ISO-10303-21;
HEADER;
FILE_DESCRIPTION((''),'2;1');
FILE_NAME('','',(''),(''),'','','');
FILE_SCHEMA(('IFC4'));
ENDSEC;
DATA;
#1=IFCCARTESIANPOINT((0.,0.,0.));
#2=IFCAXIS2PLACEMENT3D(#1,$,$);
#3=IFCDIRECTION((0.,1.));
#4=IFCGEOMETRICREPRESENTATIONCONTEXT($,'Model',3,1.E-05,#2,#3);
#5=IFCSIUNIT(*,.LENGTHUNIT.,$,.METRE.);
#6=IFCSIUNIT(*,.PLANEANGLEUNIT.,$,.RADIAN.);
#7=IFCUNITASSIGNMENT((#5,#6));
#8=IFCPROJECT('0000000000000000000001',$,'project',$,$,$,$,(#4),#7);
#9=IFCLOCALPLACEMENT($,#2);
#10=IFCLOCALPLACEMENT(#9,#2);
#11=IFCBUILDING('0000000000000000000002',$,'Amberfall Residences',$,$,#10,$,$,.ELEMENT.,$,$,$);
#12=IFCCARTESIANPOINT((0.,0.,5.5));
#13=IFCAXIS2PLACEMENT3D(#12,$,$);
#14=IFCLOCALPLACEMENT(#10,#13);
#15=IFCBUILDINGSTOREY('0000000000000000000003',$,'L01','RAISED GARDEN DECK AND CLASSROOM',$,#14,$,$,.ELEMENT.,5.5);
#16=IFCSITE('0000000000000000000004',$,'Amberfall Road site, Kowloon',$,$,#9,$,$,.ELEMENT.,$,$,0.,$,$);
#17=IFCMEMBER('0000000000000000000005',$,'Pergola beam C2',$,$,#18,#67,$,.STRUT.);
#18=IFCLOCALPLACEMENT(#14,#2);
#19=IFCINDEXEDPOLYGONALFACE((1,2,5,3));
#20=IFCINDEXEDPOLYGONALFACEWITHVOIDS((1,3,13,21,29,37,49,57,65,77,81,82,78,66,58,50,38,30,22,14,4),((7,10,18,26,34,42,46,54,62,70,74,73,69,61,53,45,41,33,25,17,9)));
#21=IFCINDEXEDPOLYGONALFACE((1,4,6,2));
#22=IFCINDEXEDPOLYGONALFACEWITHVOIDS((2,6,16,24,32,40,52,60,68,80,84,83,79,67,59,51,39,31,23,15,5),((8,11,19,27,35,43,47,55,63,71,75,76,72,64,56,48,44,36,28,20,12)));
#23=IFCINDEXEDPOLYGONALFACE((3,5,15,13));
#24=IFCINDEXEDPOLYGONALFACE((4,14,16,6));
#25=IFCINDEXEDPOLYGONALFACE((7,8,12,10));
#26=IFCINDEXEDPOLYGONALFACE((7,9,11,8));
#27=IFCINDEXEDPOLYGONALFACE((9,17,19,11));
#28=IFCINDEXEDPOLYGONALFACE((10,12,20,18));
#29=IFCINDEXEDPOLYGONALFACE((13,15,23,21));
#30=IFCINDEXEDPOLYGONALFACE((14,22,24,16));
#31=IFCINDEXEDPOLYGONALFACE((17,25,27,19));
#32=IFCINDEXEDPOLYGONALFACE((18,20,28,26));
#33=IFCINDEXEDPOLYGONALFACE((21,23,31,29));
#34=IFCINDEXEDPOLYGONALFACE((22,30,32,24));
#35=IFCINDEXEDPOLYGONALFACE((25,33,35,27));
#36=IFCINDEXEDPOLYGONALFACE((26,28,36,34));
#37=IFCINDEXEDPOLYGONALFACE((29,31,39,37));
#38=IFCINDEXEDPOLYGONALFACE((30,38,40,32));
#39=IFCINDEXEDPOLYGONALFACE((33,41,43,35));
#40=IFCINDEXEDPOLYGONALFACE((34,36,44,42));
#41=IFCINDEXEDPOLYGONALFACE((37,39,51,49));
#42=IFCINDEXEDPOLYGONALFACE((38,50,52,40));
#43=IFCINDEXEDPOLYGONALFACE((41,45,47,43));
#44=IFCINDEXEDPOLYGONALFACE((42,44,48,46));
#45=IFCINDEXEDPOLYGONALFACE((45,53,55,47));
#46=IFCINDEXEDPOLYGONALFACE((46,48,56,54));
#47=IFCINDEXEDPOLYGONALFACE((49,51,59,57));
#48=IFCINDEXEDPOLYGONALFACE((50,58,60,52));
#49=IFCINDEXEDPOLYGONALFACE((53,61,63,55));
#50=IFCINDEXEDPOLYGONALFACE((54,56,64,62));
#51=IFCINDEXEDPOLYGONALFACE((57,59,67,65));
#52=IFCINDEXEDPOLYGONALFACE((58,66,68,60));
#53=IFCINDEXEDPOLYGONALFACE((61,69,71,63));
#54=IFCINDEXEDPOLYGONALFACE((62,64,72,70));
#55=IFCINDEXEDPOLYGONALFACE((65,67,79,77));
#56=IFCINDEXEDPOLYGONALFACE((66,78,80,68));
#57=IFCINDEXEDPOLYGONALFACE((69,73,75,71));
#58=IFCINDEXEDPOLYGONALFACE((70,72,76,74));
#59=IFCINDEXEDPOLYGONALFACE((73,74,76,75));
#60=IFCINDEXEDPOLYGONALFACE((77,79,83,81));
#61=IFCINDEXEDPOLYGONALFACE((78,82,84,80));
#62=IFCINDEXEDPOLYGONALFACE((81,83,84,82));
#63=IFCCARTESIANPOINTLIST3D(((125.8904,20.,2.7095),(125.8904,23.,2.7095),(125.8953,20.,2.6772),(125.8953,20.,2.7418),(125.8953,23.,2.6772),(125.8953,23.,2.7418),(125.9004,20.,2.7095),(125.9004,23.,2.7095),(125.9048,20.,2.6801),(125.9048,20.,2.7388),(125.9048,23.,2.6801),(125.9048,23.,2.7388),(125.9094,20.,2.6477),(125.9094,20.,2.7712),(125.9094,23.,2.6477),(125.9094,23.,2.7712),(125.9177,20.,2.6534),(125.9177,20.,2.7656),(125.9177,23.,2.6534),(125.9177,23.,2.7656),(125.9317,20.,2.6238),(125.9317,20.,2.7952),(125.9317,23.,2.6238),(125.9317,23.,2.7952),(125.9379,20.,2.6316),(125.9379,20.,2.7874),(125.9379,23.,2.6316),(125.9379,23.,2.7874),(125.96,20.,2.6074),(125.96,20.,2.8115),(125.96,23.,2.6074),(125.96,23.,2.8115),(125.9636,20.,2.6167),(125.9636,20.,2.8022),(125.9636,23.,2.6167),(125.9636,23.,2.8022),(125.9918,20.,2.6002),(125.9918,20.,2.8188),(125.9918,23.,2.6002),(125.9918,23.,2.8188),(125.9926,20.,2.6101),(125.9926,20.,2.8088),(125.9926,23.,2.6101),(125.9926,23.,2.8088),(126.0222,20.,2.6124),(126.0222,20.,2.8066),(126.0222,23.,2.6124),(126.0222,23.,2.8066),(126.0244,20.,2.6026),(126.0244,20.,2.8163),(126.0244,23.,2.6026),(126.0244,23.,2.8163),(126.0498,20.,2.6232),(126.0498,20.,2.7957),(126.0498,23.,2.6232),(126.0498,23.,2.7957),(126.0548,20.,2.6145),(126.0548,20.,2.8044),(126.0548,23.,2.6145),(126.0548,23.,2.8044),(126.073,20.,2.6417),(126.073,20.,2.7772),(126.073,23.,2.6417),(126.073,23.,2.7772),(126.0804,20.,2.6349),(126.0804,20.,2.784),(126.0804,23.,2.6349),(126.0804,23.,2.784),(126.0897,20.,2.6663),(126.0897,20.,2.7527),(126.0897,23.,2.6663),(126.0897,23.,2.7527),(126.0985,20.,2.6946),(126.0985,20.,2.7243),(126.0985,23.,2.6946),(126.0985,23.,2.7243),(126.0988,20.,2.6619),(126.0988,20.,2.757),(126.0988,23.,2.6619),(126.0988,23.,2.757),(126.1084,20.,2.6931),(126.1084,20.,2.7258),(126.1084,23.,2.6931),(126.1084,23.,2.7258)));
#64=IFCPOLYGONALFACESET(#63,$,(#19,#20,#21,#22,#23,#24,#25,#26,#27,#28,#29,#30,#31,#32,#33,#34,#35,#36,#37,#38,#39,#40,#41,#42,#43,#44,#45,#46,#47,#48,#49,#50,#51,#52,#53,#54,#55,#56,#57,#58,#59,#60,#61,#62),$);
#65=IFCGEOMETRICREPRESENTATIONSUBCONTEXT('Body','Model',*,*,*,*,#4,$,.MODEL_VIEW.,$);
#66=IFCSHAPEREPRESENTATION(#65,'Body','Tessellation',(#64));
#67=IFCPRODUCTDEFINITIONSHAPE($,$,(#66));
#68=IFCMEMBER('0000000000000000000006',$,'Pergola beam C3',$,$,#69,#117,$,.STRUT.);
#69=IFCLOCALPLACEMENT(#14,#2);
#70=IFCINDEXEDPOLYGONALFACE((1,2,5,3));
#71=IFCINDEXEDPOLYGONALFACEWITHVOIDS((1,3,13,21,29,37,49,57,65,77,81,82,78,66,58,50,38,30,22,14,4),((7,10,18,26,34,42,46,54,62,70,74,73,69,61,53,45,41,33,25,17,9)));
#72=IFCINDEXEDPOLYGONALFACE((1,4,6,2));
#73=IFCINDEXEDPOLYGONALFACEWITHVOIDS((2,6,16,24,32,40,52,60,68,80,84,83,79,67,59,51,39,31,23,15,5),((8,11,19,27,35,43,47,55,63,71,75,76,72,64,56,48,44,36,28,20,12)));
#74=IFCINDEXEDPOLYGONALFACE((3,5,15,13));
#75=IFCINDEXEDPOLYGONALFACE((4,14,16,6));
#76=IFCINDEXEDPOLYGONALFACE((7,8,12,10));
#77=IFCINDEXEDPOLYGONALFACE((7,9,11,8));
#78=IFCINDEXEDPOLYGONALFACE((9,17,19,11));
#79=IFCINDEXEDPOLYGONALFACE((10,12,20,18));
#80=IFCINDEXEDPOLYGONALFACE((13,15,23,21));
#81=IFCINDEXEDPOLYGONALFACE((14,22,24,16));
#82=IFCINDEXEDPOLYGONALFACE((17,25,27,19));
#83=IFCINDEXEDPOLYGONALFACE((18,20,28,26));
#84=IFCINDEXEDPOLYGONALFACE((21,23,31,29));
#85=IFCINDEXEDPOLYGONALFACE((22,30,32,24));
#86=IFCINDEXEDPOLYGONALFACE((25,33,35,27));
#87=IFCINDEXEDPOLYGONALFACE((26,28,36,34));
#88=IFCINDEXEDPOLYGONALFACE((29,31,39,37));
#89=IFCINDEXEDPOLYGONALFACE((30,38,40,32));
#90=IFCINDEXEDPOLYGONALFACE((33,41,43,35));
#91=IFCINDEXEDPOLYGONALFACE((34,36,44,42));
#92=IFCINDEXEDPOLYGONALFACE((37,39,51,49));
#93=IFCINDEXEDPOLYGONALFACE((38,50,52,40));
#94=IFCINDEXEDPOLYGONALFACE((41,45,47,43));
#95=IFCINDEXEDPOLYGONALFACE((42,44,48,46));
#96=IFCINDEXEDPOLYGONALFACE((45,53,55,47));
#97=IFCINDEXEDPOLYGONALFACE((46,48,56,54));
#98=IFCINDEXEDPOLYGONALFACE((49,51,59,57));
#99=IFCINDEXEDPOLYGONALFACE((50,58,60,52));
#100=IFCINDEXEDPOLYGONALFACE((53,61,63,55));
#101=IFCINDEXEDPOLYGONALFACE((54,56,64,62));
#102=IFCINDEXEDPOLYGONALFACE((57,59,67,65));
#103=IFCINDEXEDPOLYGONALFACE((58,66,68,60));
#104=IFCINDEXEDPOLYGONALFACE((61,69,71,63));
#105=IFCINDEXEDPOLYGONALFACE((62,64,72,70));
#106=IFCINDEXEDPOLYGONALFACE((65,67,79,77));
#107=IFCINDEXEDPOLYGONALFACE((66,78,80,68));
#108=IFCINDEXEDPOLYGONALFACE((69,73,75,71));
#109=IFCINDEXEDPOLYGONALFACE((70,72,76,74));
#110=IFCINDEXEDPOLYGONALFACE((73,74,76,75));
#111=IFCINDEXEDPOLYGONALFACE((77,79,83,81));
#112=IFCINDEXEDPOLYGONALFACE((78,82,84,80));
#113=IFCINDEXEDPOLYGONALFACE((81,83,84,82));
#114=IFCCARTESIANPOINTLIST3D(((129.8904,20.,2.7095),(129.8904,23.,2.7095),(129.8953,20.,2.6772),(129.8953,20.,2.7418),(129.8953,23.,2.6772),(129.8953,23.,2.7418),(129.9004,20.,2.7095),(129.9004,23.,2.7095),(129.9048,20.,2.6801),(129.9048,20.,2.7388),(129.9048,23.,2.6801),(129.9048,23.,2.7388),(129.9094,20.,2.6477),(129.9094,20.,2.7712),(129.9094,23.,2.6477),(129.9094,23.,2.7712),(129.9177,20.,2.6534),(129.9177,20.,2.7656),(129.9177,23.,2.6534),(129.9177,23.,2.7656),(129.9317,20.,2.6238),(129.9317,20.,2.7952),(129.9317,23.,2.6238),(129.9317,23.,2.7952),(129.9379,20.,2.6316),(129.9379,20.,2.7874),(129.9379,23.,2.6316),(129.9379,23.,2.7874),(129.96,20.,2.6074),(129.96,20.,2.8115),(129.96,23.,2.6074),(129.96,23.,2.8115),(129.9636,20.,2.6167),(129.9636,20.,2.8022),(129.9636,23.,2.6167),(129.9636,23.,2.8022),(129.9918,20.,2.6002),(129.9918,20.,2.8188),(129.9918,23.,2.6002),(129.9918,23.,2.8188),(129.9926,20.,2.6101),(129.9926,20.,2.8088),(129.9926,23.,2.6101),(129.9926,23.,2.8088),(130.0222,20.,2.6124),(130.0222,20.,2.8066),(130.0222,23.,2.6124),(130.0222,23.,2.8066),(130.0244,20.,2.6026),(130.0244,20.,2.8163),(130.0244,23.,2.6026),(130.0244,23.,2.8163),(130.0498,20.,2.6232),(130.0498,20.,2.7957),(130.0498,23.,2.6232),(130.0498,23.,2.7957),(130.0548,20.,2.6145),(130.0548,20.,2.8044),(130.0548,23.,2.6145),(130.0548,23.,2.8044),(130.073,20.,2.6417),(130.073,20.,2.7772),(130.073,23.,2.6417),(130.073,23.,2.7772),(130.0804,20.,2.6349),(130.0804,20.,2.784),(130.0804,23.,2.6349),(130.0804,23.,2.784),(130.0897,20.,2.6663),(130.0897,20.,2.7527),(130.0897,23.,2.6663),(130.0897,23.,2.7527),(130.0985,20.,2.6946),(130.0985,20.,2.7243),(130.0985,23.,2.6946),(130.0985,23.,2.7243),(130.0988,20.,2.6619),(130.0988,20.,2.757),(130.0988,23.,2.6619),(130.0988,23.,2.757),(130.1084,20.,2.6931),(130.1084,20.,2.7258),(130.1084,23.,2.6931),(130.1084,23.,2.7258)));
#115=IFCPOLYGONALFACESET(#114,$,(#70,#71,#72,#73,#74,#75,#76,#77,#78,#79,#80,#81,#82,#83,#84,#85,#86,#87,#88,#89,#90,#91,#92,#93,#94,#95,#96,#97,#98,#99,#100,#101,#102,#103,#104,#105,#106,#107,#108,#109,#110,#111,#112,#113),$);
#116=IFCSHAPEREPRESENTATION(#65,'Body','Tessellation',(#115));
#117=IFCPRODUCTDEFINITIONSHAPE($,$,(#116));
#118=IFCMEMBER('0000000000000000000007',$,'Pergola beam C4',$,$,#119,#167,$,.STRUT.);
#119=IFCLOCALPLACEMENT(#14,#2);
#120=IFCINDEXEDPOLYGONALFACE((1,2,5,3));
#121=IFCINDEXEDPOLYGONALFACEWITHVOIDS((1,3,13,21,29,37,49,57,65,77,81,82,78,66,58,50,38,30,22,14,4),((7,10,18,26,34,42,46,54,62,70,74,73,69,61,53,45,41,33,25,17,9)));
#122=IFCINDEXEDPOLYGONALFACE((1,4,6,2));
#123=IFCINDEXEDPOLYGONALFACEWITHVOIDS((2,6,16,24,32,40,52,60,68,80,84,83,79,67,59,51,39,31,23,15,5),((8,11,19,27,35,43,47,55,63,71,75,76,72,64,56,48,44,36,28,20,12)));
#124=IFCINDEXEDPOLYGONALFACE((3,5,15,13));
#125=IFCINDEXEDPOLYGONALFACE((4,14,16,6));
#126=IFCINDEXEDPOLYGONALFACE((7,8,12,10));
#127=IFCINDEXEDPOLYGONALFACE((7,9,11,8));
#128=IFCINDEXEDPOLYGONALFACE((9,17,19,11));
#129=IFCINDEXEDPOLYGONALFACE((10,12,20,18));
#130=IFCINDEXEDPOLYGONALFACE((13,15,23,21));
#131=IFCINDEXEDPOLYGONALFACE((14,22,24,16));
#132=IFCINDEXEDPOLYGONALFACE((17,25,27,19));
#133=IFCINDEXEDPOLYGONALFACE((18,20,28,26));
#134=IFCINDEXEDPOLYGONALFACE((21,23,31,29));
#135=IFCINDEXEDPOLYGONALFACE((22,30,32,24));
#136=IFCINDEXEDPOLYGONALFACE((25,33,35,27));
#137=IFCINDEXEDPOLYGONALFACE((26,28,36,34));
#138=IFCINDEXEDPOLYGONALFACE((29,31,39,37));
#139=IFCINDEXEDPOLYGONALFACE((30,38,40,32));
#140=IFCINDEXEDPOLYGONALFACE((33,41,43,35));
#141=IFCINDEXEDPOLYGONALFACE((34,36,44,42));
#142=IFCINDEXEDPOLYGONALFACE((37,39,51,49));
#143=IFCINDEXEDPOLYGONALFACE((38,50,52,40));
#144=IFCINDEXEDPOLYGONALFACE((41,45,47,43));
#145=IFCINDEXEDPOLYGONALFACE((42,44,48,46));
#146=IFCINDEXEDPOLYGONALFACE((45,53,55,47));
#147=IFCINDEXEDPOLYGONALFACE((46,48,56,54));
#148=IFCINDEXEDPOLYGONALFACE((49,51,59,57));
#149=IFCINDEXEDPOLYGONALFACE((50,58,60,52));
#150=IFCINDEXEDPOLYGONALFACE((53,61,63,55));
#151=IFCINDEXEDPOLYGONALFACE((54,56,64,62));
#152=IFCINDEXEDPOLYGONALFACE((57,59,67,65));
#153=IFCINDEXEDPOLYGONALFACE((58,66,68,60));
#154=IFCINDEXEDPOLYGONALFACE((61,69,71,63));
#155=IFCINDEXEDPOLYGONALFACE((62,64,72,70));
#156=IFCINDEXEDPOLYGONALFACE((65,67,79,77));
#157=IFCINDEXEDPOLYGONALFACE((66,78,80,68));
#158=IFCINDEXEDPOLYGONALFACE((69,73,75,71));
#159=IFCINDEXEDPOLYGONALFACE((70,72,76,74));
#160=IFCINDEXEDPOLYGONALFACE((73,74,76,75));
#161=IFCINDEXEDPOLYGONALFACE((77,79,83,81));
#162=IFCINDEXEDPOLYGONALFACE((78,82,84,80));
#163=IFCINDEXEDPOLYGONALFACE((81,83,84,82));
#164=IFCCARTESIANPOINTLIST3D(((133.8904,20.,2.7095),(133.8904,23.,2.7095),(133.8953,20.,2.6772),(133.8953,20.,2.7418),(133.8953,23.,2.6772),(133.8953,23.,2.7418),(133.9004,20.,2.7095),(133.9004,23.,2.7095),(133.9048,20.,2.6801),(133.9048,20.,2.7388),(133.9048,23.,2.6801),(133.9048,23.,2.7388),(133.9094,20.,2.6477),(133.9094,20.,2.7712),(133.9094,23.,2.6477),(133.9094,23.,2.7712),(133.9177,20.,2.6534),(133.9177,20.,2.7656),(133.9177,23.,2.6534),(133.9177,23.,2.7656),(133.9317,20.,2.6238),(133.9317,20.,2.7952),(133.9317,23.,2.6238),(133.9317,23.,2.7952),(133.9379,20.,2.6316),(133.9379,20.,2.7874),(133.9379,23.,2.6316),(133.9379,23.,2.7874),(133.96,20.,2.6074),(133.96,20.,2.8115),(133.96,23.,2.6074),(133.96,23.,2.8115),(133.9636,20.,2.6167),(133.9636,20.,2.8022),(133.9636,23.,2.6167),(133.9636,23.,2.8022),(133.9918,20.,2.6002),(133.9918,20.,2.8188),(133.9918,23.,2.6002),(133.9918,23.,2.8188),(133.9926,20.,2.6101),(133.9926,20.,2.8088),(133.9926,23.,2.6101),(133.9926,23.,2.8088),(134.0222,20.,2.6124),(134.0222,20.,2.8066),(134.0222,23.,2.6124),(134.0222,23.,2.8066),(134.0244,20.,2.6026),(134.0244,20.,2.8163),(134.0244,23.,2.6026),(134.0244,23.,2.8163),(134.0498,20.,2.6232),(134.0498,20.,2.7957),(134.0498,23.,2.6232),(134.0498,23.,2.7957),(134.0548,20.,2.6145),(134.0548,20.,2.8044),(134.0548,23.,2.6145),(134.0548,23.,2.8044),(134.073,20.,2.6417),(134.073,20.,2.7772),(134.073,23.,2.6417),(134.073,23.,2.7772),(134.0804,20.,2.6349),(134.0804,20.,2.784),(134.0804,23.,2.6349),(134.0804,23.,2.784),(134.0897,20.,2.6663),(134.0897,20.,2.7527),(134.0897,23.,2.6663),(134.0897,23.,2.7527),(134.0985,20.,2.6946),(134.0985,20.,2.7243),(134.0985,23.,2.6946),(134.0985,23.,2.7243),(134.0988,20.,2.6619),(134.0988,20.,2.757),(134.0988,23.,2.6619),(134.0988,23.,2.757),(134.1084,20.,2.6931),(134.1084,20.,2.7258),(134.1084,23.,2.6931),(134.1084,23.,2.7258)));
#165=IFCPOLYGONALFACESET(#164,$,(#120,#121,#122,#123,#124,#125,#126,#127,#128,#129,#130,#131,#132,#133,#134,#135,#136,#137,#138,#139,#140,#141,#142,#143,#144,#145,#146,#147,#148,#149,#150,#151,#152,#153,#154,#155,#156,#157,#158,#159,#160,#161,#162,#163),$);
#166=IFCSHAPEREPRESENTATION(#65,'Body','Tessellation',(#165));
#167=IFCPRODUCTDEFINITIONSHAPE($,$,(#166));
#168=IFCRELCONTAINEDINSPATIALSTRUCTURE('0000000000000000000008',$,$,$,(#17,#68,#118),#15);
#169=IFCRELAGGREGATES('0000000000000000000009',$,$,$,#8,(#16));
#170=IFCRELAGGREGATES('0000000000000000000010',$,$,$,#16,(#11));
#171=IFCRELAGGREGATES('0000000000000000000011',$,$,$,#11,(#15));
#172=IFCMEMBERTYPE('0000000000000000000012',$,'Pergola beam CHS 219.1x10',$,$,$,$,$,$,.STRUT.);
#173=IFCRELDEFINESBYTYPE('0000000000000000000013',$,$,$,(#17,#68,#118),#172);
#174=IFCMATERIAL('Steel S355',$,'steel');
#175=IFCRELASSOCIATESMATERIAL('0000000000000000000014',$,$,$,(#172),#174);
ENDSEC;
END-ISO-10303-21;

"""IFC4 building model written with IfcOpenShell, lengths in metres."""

from ifc_helpers import new_model, si_unit, direction, frame, origin, origin_2d, place, context, subcontext, project, spatial, hollow_circle, extrude, material, material_profile, profile_set, type_object, element, save


model = new_model("IFC4")

# Units and contexts
model_context = context("Model", 3, precision=1e-05, world=origin(), true_north=direction((0.0, 1.0)))
body_context = subcontext(model_context, "Body", "Model", "MODEL_VIEW")
ifc_project = project(units=[si_unit("LENGTHUNIT", "METRE"), si_unit("PLANEANGLEUNIT", "RADIAN")], contexts=[model_context])

# Site, building, storey
site_placement = place(None, origin())
site = spatial("IfcSite", under=ifc_project, at=site_placement, Name="Amberfall Road site, Kowloon", CompositionType="ELEMENT", RefElevation=0.0)
building_placement = place(site_placement, origin())
building = spatial("IfcBuilding", under=site, at=building_placement, Name="Amberfall Residences", CompositionType="ELEMENT")
storey_placement = place(building_placement, frame((0.0, 0.0, 5.5)))
storey = spatial("IfcBuildingStorey", under=building, at=storey_placement, Name="L01", Description="RAISED GARDEN DECK AND CLASSROOM", CompositionType="ELEMENT", Elevation=5.5)

# Members
ifc_material_1 = material(Name="Steel S355", Category="steel")
ifc_material_profile_1 = material_profile(ifc_material_1, hollow_circle(Radius=0.1096, WallThickness=0.01, at=origin_2d()), Name="CHS 219.1x10")
ifc_profile_set_1 = profile_set([ifc_material_profile_1], Name="Steel S355")
member_type_1 = type_object("IfcMemberType", Name="Pergola beam CHS 219.1x10", PredefinedType="STRUT", material=ifc_profile_set_1)
for number, where, z_axis, x_axis, name in (
    (1, (126.0, 20.0, 2.7095), (0.0, 1.0, 0.0), (-1.0, 0.0, 0.0), "Pergola beam C2"),
    (2, (130.0, 20.0, 2.7095), (0.0, 1.0, 0.0), (-1.0, 0.0, 0.0), "Pergola beam C3"),
    (3, (134.0, 20.0, 2.7095), (0.0, 1.0, 0.0), (-1.0, 0.0, 0.0), "Pergola beam C4"),
):
    element("IfcMember", number, at=place(storey_placement, frame(where, z_axis=z_axis, x_axis=x_axis)), inside=storey, type_object=member_type_1, Name=name, PredefinedType="STRUT", context=body_context, shape_type="SweptSolid", body=[
        extrude(hollow_circle(Radius=0.1096, WallThickness=0.01, at=origin_2d()), origin(), (0.0, 0.0, 1.0), 3.0),
    ])

save(model, "model.ifc")
